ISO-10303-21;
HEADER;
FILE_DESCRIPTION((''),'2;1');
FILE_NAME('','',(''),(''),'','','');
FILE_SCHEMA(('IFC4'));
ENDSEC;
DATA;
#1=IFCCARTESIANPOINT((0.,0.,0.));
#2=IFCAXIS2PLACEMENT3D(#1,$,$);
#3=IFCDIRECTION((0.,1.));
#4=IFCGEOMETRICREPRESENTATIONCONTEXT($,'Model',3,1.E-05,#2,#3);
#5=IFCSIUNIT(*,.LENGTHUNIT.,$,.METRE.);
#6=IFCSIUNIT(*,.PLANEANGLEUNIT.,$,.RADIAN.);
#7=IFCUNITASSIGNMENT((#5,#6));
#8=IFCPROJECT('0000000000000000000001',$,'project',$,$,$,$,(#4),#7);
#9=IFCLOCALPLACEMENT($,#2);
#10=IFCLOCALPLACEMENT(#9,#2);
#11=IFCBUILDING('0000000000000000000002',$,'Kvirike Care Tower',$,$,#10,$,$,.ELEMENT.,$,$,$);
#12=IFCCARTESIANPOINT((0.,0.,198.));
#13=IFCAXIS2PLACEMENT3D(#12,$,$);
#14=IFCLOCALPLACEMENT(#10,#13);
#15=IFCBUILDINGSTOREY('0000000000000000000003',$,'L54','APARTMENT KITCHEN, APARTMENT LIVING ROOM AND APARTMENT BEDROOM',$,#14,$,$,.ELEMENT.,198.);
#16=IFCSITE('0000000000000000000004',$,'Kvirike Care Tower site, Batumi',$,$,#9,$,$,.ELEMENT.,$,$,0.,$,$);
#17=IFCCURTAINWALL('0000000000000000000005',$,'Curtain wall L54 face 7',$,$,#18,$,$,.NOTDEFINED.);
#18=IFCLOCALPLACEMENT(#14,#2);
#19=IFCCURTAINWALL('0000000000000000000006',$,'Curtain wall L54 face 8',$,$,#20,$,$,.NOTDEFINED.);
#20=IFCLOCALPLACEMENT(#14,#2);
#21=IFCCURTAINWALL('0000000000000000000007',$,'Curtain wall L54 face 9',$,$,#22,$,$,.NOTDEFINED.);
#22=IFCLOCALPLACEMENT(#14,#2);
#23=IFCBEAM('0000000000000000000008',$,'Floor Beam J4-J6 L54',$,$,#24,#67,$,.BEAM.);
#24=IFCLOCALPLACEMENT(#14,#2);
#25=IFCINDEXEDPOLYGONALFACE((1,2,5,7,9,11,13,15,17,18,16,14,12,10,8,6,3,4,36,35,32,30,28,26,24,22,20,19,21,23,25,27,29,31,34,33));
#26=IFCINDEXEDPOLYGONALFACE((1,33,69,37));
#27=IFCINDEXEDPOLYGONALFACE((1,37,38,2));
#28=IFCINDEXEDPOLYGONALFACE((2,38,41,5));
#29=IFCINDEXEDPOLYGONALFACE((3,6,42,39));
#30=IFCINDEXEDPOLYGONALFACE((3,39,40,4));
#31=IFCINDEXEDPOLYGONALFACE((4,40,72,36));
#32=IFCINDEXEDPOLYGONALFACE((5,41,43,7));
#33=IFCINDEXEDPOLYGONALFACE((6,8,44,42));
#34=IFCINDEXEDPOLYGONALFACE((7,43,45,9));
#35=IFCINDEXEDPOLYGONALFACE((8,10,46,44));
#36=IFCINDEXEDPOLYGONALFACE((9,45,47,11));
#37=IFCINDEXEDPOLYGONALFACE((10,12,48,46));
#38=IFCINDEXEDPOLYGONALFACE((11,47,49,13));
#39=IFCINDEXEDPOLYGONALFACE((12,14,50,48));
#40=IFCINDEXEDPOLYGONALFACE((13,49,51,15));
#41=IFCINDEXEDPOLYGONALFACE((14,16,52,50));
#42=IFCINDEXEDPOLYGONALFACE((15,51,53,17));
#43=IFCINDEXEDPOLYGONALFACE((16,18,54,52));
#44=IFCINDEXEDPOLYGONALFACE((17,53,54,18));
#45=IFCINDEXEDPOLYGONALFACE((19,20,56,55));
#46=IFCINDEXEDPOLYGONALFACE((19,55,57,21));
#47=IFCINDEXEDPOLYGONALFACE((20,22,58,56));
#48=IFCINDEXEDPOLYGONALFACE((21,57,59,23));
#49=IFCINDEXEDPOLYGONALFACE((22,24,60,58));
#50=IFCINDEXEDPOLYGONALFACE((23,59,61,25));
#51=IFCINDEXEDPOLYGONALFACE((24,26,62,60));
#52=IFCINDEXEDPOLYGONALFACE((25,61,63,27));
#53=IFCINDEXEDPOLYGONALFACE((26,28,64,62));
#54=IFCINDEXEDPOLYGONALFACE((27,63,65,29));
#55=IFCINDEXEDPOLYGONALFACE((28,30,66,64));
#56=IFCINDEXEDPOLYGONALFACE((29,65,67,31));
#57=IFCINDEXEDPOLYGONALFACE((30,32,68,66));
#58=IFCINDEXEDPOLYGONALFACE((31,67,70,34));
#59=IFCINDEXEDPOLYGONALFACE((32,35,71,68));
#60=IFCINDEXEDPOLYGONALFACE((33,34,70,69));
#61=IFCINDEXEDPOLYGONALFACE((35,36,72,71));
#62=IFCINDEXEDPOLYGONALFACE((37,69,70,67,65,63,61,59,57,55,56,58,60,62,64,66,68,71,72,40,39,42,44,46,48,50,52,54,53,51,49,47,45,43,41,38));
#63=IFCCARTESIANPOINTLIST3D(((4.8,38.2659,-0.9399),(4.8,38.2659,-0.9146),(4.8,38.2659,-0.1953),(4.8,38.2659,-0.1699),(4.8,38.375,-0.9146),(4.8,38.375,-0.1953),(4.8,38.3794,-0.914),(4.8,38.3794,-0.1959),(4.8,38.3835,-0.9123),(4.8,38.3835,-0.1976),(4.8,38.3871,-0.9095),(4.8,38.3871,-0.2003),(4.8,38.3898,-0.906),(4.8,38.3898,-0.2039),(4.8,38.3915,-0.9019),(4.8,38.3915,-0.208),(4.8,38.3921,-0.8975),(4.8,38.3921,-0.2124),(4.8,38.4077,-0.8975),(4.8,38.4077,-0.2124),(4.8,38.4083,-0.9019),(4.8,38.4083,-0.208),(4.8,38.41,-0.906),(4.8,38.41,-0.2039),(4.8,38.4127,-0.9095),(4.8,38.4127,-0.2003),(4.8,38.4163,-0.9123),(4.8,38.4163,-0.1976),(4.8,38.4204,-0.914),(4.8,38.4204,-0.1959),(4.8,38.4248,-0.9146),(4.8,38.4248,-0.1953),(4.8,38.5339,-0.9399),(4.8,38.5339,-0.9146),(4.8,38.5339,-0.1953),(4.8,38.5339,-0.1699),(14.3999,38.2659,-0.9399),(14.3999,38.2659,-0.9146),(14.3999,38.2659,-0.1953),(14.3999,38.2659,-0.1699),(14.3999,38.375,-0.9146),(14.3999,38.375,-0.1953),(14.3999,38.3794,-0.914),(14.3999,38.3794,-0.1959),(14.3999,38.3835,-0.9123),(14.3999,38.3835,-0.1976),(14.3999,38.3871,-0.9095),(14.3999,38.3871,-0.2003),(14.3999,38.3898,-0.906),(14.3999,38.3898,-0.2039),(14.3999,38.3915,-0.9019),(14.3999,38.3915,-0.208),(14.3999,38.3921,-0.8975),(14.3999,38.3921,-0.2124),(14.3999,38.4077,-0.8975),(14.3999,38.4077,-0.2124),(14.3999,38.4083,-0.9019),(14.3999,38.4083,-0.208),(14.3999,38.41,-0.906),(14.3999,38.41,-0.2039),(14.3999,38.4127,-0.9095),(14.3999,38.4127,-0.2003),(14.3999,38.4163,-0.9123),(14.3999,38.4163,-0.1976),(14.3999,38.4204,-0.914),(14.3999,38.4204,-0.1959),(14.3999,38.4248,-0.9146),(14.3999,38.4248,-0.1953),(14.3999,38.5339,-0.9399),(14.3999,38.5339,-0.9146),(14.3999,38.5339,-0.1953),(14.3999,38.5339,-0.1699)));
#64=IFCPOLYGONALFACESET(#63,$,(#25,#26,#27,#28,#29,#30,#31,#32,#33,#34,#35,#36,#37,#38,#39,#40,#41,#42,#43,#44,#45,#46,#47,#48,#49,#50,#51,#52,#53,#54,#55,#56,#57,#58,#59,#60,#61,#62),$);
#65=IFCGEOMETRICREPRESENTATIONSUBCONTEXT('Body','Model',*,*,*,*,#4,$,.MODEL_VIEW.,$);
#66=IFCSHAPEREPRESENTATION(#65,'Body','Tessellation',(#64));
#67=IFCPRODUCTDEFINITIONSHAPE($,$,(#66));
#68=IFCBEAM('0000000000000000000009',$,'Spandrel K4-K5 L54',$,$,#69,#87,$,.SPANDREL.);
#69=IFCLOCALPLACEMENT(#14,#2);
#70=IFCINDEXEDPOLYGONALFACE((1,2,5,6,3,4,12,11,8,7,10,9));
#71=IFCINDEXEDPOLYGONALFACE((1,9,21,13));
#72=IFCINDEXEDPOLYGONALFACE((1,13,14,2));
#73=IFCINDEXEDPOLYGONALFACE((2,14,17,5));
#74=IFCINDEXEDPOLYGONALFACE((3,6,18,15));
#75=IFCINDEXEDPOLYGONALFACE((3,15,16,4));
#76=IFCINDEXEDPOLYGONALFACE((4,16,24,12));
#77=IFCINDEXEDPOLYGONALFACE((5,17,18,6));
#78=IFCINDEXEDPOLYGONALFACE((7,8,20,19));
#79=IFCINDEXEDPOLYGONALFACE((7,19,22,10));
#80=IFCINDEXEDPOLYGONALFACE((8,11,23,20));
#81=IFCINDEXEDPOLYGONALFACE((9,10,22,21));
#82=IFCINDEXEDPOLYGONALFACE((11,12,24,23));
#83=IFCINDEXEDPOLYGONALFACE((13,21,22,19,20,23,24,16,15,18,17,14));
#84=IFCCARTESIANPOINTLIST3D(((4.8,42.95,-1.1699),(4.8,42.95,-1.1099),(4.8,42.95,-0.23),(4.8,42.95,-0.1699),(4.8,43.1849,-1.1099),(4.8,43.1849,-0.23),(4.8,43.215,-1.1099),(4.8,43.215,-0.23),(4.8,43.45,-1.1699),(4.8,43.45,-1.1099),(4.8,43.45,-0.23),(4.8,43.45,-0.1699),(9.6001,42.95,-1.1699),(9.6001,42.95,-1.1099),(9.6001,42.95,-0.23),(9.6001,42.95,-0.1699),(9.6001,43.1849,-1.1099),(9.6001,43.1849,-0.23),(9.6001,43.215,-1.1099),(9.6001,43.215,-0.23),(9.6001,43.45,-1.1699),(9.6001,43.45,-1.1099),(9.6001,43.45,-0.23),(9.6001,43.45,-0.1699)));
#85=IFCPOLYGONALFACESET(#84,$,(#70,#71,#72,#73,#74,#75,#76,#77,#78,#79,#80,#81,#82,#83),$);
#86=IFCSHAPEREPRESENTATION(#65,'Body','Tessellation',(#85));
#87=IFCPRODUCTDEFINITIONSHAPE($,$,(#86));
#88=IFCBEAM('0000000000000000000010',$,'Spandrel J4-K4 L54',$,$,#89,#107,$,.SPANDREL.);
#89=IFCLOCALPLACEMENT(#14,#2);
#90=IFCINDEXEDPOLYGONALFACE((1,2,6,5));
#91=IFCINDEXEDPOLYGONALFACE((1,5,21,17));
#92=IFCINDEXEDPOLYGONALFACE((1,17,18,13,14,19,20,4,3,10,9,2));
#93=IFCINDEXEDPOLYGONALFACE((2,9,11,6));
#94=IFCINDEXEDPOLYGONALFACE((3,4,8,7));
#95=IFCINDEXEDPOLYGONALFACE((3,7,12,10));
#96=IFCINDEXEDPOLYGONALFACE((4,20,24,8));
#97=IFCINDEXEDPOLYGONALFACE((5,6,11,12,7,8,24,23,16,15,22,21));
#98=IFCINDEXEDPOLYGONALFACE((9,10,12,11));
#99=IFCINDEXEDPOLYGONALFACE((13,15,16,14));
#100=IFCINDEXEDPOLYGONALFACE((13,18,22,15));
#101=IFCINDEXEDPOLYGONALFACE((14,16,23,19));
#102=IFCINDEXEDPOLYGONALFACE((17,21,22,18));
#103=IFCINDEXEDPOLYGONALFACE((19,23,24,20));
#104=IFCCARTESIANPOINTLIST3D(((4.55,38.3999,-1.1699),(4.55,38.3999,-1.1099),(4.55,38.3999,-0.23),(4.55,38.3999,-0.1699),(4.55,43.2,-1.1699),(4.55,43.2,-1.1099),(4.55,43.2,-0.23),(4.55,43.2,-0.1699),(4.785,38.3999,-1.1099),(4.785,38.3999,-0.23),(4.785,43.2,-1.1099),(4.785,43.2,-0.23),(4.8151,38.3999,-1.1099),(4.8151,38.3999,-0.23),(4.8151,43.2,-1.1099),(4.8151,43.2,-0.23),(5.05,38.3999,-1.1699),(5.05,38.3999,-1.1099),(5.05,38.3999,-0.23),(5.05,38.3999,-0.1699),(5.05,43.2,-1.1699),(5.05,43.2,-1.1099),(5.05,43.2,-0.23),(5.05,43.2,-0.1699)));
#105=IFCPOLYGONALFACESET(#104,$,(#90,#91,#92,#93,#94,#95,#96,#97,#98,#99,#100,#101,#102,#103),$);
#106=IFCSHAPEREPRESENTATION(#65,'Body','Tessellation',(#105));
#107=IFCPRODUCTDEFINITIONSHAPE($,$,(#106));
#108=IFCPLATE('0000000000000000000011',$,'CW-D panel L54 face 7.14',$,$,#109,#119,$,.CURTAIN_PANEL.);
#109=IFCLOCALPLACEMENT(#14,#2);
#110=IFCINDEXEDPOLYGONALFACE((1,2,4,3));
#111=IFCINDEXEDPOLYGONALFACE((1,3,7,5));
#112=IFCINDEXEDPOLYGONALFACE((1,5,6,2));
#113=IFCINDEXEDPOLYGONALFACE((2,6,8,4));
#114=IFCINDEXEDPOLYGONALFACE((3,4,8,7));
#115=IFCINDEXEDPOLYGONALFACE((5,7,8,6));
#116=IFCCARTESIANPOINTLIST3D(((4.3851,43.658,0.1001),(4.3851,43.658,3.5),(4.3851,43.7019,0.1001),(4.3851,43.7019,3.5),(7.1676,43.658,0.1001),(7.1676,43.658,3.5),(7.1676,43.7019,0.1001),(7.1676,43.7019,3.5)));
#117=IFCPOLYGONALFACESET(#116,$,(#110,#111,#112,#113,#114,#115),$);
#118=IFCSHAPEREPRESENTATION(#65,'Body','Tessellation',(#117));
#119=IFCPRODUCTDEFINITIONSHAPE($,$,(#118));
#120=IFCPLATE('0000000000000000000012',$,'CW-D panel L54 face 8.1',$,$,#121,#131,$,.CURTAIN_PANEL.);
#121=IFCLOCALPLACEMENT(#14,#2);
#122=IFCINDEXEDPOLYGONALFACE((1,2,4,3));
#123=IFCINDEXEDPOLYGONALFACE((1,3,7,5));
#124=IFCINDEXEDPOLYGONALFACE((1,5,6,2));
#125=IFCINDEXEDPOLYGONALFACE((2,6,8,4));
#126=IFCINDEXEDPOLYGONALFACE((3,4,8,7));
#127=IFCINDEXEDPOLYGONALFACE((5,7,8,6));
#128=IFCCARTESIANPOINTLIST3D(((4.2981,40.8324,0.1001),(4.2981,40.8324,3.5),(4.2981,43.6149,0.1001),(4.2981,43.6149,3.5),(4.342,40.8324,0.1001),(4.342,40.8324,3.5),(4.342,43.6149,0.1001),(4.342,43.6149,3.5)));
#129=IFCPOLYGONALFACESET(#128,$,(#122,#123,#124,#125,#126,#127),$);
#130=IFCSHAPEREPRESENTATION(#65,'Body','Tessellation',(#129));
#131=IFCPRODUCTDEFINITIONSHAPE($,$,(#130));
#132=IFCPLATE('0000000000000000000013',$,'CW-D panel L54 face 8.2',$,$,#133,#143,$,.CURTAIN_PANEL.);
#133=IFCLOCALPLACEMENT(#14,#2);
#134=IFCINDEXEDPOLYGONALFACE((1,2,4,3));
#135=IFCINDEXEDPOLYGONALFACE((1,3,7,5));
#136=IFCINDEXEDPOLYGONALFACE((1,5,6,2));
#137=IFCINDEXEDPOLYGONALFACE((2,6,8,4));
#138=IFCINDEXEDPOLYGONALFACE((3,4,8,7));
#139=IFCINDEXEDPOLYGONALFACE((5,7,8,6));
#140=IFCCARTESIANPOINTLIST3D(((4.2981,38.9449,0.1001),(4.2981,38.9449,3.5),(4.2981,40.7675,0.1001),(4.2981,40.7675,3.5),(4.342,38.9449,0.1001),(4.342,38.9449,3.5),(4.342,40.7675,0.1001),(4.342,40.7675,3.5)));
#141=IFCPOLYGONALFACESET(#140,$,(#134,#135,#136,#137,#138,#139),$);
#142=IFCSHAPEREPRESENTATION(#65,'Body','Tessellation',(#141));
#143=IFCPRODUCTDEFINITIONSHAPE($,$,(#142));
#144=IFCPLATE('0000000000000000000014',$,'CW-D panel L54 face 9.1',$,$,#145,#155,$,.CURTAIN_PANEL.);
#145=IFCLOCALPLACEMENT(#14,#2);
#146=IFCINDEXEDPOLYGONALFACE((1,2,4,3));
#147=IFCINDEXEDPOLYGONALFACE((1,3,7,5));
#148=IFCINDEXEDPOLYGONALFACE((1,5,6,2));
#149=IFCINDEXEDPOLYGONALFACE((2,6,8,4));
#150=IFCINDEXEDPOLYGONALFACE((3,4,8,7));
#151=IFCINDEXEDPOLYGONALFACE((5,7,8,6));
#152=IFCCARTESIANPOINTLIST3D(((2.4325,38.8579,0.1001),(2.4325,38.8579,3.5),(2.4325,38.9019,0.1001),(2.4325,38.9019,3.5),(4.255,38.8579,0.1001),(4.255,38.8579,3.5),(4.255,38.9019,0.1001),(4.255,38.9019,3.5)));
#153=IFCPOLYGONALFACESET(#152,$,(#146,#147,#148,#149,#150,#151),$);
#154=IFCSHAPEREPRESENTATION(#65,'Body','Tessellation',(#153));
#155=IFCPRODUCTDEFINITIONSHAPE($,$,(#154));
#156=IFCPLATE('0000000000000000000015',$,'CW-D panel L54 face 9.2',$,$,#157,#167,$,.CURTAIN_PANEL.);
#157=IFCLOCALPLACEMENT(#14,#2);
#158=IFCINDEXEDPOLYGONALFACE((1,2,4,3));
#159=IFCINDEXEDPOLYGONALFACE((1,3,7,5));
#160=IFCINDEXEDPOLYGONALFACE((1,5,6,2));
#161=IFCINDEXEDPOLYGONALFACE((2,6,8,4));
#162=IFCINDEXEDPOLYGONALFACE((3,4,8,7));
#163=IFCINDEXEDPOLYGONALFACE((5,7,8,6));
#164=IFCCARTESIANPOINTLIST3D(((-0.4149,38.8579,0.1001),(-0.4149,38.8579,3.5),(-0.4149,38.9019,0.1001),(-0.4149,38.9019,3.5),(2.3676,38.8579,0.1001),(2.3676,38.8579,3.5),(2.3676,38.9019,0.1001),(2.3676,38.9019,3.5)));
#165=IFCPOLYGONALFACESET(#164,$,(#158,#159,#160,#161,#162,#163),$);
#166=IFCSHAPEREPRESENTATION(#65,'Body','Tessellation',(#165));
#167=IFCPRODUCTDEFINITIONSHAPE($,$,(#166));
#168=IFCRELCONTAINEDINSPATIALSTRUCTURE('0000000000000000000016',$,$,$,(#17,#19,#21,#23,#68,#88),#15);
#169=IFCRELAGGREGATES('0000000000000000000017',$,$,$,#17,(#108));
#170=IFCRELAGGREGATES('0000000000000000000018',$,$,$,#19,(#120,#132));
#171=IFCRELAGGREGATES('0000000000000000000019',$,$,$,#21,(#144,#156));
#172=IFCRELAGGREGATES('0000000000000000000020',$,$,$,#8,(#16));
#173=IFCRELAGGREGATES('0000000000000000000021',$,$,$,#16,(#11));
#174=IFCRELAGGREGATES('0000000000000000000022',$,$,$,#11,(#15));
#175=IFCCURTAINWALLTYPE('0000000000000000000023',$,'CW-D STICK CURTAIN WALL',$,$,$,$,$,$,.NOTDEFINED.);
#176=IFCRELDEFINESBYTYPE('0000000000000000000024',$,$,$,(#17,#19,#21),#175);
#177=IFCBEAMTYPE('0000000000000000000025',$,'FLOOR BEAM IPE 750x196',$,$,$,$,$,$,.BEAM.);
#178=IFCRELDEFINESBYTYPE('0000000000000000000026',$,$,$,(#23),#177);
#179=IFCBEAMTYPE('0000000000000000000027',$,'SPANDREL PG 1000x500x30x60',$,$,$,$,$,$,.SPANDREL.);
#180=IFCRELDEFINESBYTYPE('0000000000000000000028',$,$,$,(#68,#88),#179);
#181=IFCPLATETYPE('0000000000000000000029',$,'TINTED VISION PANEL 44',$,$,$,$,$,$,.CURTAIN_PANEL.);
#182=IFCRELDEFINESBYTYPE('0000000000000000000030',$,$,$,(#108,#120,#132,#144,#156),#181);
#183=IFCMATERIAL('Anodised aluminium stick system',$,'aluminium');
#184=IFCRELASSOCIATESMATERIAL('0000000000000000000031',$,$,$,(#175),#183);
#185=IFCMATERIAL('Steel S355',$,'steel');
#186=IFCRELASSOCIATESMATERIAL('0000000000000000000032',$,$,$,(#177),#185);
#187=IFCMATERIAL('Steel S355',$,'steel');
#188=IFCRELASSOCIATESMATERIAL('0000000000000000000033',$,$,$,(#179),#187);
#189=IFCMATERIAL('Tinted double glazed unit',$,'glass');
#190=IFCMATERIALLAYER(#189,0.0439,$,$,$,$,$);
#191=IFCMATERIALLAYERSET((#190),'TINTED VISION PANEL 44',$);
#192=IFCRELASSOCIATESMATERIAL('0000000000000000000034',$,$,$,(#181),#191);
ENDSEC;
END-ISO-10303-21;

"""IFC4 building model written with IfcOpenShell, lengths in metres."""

from ifc_helpers import new_model, si_unit, direction, frame, origin, origin_2d, place, context, subcontext, project, spatial, rectangle, i_section, extrude, material, layer, layer_set, material_profile, profile_set, type_object, element, aggregate, save


model = new_model("IFC4")

# Units and contexts
model_context = context("Model", 3, precision=1e-05, world=origin(), true_north=direction((0.0, 1.0)))
body_context = subcontext(model_context, "Body", "Model", "MODEL_VIEW")
ifc_project = project(units=[si_unit("LENGTHUNIT", "METRE"), si_unit("PLANEANGLEUNIT", "RADIAN")], contexts=[model_context])

# Site, building, storey
site_placement = place(None, origin())
site = spatial("IfcSite", under=ifc_project, at=site_placement, Name="Kvirike Care Tower site, Batumi", CompositionType="ELEMENT", RefElevation=0.0)
building_placement = place(site_placement, origin())
building = spatial("IfcBuilding", under=site, at=building_placement, Name="Kvirike Care Tower", CompositionType="ELEMENT")
storey_placement = place(building_placement, frame((0.0, 0.0, 198.0)))
storey = spatial("IfcBuildingStorey", under=building, at=storey_placement, Name="L54", Description="APARTMENT KITCHEN, APARTMENT LIVING ROOM AND APARTMENT BEDROOM", CompositionType="ELEMENT", Elevation=198.0)

# Curtain wall
ifc_material_1 = material(Name="Anodised aluminium stick system", Category="aluminium")
curtain_wall_type = type_object("IfcCurtainWallType", Name="CW-D STICK CURTAIN WALL", PredefinedType="NOTDEFINED", material=ifc_material_1)
curtain_wall_1_placement = place(storey_placement, origin())
curtain_wall_1 = element("IfcCurtainWall", 1, at=curtain_wall_1_placement, inside=storey, type_object=curtain_wall_type, Name="Curtain wall L54 face 7", PredefinedType="NOTDEFINED")

# Curtain walls
curtain_wall_2_placement = place(storey_placement, origin())
curtain_wall_2 = element("IfcCurtainWall", 2, at=curtain_wall_2_placement, inside=storey, type_object=curtain_wall_type, Name="Curtain wall L54 face 8", PredefinedType="NOTDEFINED")
curtain_wall_3_placement = place(storey_placement, origin())
curtain_wall_3 = element("IfcCurtainWall", 3, at=curtain_wall_3_placement, inside=storey, type_object=curtain_wall_type, Name="Curtain wall L54 face 9", PredefinedType="NOTDEFINED")

# Beams
ifc_material_2 = material(Name="Steel S355", Category="steel")
ifc_material_profile_1 = material_profile(ifc_material_2, i_section(OverallWidth=0.2681, OverallDepth=0.77, WebThickness=0.0156, FlangeThickness=0.0254, FilletRadius=0.0171, at=origin_2d()), Name="IPE 750x196")
ifc_profile_set_1 = profile_set([ifc_material_profile_1], Name="Steel S355")
beam_type_1 = type_object("IfcBeamType", Name="FLOOR BEAM IPE 750x196", PredefinedType="BEAM", material=ifc_profile_set_1)
beam_placement = place(storey_placement, frame((4.8, 38.3999, -0.5549), z_axis=(1.0, 0.0, 0.0), x_axis=(0.0, 1.0, 0.0)))
element("IfcBeam", 4, at=beam_placement, inside=storey, type_object=beam_type_1, Name="Floor Beam J4-J6 L54", PredefinedType="BEAM", context=body_context, shape_type="SweptSolid", body=[
    extrude(i_section(OverallWidth=0.2681, OverallDepth=0.77, WebThickness=0.0156, FlangeThickness=0.0254, FilletRadius=0.0171, at=origin_2d()), origin(), (0.0, 0.0, 1.0), 9.5999),
])
ifc_material_3 = material(Name="Steel S355", Category="steel")
ifc_material_profile_2 = material_profile(ifc_material_3, i_section(OverallWidth=0.5, OverallDepth=1.0, WebThickness=0.03, FlangeThickness=0.0601, at=origin_2d()), Name="PG 1000x500x30x60")
ifc_profile_set_2 = profile_set([ifc_material_profile_2], Name="Steel S355")
beam_type_2 = type_object("IfcBeamType", Name="SPANDREL PG 1000x500x30x60", PredefinedType="SPANDREL", material=ifc_profile_set_2)
for number, where, z_axis, x_axis, name in (
    (5, (4.8, 43.2, -0.6699), (1.0, 0.0, 0.0), (0.0, 1.0, 0.0), "Spandrel K4-K5 L54"),
    (6, (4.8, 38.3999, -0.6699), (0.0, 1.0, 0.0), (-1.0, 0.0, 0.0), "Spandrel J4-K4 L54"),
):
    element("IfcBeam", number, at=place(storey_placement, frame(where, z_axis=z_axis, x_axis=x_axis)), inside=storey, type_object=beam_type_2, Name=name, PredefinedType="SPANDREL", context=body_context, shape_type="SweptSolid", body=[
        extrude(i_section(OverallWidth=0.5, OverallDepth=1.0, WebThickness=0.03, FlangeThickness=0.0601, at=origin_2d()), origin(), (0.0, 0.0, 1.0), 4.8),
    ])

# Plates
ifc_material_4 = material(Name="Tinted double glazed unit", Category="glass")
ifc_layer_1 = layer(ifc_material_4, 0.0439)
ifc_layer_set_1 = layer_set([ifc_layer_1], Name="TINTED VISION PANEL 44")
plate_type = type_object("IfcPlateType", Name="TINTED VISION PANEL 44", PredefinedType="CURTAIN_PANEL", material=ifc_layer_set_1)
plate_1_placement = place(storey_placement, frame((5.7764, 43.6799, 0.1001), z_axis=(0.0, 0.0, 1.0), x_axis=(-1.0, 0.0, 0.0)))
plate_1 = element("IfcPlate", 7, at=plate_1_placement, type_object=plate_type, Name="CW-D panel L54 face 7.14", PredefinedType="CURTAIN_PANEL", context=body_context, shape_type="SweptSolid", body=[
    extrude(rectangle(XDim=2.7825, YDim=0.0439, at=origin_2d()), origin(), (0.0, 0.0, 1.0), 3.3999),
])
aggregate(curtain_wall_1, [plate_1])
plate_2_placement = place(storey_placement, frame((4.3201, 42.2236, 0.1001), z_axis=(0.0, 0.0, 1.0), x_axis=(0.0, -1.0, 0.0)))
plate_2 = element("IfcPlate", 8, at=plate_2_placement, type_object=plate_type, Name="CW-D panel L54 face 8.1", PredefinedType="CURTAIN_PANEL", context=body_context, shape_type="SweptSolid", body=[
    extrude(rectangle(XDim=2.7825, YDim=0.0439, at=origin_2d()), origin(), (0.0, 0.0, 1.0), 3.3999),
])
plate_3_placement = place(storey_placement, frame((4.3201, 39.8562, 0.1001), z_axis=(0.0, 0.0, 1.0), x_axis=(0.0, -1.0, 0.0)))
plate_3 = element("IfcPlate", 9, at=plate_3_placement, type_object=plate_type, Name="CW-D panel L54 face 8.2", PredefinedType="CURTAIN_PANEL", context=body_context, shape_type="SweptSolid", body=[
    extrude(rectangle(XDim=1.8225, YDim=0.0439, at=origin_2d()), origin(), (0.0, 0.0, 1.0), 3.3999),
])
aggregate(curtain_wall_2, [plate_2, plate_3])
plate_4_placement = place(storey_placement, frame((3.3438, 38.8799, 0.1001), z_axis=(0.0, 0.0, 1.0), x_axis=(-1.0, 0.0, 0.0)))
plate_4 = element("IfcPlate", 10, at=plate_4_placement, type_object=plate_type, Name="CW-D panel L54 face 9.1", PredefinedType="CURTAIN_PANEL", context=body_context, shape_type="SweptSolid", body=[
    extrude(rectangle(XDim=1.8225, YDim=0.0439, at=origin_2d()), origin(), (0.0, 0.0, 1.0), 3.3999),
])
plate_5_placement = place(storey_placement, frame((0.9763, 38.8799, 0.1001), z_axis=(0.0, 0.0, 1.0), x_axis=(-1.0, 0.0, 0.0)))
plate_5 = element("IfcPlate", 11, at=plate_5_placement, type_object=plate_type, Name="CW-D panel L54 face 9.2", PredefinedType="CURTAIN_PANEL", context=body_context, shape_type="SweptSolid", body=[
    extrude(rectangle(XDim=2.7825, YDim=0.0439, at=origin_2d()), origin(), (0.0, 0.0, 1.0), 3.3999),
])
aggregate(curtain_wall_3, [plate_4, plate_5])

save(model, "model.ifc")
